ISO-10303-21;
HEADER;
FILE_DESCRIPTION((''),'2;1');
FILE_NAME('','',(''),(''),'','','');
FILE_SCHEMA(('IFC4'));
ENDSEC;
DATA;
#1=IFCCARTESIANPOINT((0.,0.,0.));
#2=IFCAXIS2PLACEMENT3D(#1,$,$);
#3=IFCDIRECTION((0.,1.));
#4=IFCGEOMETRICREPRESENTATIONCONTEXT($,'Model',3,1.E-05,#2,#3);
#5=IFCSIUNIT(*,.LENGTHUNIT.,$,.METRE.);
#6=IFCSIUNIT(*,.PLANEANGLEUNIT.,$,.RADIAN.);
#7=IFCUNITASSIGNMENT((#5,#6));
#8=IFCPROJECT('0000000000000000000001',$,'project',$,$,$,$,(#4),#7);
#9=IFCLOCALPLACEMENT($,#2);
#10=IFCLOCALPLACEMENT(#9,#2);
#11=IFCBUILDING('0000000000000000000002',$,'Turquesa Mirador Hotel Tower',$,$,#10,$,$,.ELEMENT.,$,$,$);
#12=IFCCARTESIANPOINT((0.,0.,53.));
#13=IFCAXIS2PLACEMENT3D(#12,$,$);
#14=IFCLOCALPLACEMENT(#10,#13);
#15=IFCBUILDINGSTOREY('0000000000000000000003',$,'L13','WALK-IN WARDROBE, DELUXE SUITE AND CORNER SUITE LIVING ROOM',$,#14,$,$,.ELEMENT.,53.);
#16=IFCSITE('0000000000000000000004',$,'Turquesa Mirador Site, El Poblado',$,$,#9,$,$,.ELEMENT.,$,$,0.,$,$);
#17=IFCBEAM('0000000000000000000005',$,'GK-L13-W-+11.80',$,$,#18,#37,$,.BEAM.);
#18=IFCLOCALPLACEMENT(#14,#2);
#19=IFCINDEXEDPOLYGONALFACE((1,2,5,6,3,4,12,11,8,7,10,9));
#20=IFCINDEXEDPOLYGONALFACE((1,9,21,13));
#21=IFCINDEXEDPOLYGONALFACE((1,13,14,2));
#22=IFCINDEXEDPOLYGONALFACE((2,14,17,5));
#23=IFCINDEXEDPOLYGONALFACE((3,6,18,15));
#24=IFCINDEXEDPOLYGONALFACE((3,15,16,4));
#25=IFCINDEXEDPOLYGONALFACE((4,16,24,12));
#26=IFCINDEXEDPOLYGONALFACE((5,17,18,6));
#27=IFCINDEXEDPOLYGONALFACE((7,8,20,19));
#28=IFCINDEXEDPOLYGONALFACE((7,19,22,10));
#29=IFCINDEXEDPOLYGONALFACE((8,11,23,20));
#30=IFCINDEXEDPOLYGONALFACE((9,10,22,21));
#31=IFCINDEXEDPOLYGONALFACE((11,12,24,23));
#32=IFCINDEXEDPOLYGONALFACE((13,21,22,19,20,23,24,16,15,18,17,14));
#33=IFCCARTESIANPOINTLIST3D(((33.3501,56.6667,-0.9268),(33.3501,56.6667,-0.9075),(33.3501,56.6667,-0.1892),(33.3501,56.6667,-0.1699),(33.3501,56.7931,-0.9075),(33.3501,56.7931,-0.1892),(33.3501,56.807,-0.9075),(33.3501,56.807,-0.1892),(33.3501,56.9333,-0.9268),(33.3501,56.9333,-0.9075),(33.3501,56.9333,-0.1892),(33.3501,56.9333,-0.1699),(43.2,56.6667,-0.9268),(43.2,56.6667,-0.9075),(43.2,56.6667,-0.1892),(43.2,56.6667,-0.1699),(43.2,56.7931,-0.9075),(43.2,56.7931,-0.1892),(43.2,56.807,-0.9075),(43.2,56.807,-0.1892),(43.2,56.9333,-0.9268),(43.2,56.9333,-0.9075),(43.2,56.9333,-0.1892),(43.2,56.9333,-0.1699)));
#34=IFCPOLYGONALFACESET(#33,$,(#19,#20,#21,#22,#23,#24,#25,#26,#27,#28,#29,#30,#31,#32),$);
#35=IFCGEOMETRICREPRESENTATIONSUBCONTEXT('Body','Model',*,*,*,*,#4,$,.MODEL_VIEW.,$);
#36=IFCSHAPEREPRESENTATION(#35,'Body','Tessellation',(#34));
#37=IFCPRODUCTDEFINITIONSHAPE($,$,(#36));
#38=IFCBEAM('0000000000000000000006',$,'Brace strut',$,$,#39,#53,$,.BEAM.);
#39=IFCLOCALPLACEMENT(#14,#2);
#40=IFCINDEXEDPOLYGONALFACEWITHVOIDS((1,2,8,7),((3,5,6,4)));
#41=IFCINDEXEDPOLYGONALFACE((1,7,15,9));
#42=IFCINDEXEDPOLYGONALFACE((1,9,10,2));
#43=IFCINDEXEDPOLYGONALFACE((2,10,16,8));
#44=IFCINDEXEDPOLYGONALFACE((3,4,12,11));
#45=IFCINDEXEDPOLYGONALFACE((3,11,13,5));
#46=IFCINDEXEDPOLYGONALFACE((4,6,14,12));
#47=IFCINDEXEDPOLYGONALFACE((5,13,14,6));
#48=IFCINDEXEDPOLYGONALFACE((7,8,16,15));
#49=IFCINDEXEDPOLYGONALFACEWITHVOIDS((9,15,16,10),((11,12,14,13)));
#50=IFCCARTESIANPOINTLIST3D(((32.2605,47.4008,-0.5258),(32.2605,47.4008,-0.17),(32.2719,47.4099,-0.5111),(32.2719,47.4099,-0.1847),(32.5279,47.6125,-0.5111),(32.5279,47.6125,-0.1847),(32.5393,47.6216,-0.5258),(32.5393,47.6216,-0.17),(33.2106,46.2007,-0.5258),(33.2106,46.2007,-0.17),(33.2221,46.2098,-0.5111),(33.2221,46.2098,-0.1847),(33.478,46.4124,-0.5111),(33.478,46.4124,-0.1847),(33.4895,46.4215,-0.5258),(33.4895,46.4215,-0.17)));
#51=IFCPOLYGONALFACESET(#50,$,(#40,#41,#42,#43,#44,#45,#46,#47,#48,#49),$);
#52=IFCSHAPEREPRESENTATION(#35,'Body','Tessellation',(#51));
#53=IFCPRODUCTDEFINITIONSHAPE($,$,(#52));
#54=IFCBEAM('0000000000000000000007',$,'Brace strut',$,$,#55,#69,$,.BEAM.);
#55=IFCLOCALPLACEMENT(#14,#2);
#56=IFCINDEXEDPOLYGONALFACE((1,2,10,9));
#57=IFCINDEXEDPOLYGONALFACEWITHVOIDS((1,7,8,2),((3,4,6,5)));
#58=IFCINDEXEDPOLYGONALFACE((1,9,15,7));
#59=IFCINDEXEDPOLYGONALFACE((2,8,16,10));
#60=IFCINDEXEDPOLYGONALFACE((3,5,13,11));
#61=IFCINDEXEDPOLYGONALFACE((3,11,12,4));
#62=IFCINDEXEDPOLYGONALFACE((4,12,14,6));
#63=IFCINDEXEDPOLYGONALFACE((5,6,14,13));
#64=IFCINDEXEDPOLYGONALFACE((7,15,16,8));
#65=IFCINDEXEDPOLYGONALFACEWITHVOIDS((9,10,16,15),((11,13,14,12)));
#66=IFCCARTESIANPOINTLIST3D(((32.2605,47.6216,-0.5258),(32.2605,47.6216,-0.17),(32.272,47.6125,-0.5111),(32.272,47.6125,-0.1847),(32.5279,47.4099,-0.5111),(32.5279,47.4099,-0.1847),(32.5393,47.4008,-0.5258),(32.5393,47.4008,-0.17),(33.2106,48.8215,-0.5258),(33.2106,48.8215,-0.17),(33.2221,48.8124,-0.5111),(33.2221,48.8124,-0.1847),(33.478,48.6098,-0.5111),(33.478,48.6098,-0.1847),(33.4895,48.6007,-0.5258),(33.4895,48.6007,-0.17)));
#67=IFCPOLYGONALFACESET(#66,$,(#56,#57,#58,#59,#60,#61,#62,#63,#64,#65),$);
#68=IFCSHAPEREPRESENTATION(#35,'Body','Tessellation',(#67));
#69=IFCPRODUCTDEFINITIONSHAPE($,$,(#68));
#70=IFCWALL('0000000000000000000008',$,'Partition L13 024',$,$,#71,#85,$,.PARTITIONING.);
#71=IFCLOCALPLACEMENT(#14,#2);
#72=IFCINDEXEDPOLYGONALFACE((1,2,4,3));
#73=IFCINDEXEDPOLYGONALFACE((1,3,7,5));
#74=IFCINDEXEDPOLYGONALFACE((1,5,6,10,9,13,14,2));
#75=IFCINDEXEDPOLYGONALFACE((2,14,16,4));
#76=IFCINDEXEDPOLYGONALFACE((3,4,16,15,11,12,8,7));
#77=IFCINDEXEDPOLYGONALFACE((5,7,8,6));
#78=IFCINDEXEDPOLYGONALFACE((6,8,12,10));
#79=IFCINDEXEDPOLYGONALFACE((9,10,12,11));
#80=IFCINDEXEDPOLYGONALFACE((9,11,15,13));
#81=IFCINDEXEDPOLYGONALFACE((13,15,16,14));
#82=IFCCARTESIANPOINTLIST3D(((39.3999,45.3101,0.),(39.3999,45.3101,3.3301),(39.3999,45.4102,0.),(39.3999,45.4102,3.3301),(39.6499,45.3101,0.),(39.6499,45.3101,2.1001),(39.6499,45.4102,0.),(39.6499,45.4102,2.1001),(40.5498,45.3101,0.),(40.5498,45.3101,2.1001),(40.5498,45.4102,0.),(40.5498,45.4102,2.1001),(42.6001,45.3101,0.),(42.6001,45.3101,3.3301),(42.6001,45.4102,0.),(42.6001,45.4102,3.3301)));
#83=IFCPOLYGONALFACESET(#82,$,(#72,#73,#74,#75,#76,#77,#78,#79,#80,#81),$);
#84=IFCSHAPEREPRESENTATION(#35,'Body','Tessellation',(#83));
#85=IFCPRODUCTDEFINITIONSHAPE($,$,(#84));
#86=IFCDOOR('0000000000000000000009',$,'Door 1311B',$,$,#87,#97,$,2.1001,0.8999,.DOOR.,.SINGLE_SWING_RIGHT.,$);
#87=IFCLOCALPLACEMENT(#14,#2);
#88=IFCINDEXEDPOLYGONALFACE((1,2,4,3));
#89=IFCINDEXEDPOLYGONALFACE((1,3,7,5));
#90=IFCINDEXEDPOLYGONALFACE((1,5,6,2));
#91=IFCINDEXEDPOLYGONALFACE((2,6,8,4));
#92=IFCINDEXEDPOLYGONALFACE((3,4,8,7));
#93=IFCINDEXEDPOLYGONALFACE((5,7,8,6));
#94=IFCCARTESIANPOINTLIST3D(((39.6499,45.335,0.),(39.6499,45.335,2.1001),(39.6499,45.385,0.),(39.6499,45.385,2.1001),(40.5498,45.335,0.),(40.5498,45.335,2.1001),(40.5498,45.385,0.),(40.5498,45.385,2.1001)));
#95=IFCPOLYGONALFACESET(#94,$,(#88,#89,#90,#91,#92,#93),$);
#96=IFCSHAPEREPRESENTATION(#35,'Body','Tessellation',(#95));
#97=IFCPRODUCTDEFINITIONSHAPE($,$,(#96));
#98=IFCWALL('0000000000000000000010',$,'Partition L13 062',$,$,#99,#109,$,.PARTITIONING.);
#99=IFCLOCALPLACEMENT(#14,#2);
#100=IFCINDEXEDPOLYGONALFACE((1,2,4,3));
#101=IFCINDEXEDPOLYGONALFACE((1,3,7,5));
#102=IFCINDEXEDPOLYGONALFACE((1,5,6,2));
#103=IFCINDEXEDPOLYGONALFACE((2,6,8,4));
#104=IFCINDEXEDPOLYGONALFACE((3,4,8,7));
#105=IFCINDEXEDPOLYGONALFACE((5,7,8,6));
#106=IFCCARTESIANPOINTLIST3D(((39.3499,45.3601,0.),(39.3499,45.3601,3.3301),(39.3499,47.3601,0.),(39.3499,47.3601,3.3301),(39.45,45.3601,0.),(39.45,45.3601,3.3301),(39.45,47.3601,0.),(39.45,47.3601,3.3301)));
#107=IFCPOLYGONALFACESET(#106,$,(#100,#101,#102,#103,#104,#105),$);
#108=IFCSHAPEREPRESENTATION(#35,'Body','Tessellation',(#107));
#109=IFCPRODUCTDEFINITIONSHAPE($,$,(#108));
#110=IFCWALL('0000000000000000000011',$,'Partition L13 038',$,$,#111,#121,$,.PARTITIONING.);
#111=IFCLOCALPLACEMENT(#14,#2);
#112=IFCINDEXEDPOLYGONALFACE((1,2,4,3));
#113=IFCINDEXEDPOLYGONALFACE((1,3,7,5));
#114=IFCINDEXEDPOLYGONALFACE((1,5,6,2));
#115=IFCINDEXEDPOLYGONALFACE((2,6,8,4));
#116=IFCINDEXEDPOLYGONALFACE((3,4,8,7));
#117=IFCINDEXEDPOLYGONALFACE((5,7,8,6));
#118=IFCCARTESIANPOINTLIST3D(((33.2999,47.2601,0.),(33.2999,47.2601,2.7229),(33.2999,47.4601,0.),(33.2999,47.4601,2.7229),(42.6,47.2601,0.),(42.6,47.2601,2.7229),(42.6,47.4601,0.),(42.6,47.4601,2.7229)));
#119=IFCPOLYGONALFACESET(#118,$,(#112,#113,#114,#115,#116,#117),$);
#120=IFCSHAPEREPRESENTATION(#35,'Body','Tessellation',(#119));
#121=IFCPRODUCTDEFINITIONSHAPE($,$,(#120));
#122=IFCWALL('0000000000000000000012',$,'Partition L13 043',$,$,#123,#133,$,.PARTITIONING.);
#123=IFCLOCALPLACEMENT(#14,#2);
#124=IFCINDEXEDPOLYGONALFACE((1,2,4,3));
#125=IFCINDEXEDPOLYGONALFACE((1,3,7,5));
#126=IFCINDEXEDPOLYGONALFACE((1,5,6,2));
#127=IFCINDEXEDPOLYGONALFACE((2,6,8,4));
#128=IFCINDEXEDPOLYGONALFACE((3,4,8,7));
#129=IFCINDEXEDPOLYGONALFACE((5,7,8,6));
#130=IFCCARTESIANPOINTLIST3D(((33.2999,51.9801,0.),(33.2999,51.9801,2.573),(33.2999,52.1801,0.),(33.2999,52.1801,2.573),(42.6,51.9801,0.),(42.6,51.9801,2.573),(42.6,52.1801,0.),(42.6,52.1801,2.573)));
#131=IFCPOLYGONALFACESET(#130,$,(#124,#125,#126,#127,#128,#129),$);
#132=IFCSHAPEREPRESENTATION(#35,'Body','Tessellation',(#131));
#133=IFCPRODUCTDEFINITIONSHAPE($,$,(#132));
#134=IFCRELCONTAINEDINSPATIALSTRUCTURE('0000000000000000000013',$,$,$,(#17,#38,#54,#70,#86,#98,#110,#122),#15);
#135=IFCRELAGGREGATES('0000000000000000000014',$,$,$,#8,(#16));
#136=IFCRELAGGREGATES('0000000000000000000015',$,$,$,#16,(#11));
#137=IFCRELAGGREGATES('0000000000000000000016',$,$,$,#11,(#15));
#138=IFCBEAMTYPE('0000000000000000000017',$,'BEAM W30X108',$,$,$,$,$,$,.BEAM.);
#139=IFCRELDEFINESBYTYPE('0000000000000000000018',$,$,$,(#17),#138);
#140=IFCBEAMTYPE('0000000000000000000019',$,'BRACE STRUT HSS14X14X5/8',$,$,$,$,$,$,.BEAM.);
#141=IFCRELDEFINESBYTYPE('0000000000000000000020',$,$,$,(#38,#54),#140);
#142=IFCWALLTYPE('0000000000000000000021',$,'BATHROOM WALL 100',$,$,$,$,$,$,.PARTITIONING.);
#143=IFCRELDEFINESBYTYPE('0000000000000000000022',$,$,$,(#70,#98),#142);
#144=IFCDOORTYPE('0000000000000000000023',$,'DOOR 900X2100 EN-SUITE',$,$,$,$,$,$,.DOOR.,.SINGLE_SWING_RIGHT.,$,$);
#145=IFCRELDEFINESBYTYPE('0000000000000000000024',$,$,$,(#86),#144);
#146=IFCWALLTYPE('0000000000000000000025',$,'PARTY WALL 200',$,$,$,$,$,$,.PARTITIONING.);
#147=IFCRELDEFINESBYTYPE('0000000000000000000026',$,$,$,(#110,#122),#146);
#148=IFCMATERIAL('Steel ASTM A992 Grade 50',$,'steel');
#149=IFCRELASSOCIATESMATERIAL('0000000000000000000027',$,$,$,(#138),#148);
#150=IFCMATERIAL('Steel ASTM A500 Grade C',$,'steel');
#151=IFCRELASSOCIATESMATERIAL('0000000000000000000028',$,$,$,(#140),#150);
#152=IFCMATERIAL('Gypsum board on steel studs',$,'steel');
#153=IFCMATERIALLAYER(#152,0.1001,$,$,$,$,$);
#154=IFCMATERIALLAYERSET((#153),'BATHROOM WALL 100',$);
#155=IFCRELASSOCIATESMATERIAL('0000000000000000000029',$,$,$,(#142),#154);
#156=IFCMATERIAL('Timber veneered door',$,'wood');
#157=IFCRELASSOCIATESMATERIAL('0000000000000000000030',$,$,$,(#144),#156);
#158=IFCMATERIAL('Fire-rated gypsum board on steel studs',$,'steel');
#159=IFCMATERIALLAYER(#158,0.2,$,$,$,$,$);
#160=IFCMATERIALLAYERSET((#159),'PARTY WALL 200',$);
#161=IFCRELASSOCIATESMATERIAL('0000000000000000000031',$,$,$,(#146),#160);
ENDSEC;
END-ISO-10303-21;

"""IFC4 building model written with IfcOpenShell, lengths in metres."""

from ifc_helpers import new_model, si_unit, direction, frame, frame_2d, origin, origin_2d, place, context, subcontext, project, spatial, rectangle, hollow_rectangle, i_section, extrude, material, layer, layer_set, material_profile, profile_set, type_object, element, fill, save


model = new_model("IFC4")

# Units and contexts
model_context = context("Model", 3, precision=1e-05, world=origin(), true_north=direction((0.0, 1.0)))
body_context = subcontext(model_context, "Body", "Model", "MODEL_VIEW")
ifc_project = project(units=[si_unit("LENGTHUNIT", "METRE"), si_unit("PLANEANGLEUNIT", "RADIAN")], contexts=[model_context])

# Site, building, storey
site_placement = place(None, origin())
site = spatial("IfcSite", under=ifc_project, at=site_placement, Name="Turquesa Mirador Site, El Poblado", CompositionType="ELEMENT", RefElevation=0.0)
building_placement = place(site_placement, origin())
building = spatial("IfcBuilding", under=site, at=building_placement, Name="Turquesa Mirador Hotel Tower", CompositionType="ELEMENT")
storey_placement = place(building_placement, frame((0.0, 0.0, 53.0)))
storey = spatial("IfcBuildingStorey", under=building, at=storey_placement, Name="L13", Description="WALK-IN WARDROBE, DELUXE SUITE AND CORNER SUITE LIVING ROOM", CompositionType="ELEMENT", Elevation=53.0)

# Beams
ifc_material_1 = material(Name="Steel ASTM A992 Grade 50", Category="steel")
ifc_material_profile_1 = material_profile(ifc_material_1, i_section(OverallWidth=0.2666, OverallDepth=0.7568, WebThickness=0.0139, FlangeThickness=0.0193, at=origin_2d()), Name="W30X108")
ifc_profile_set_1 = profile_set([ifc_material_profile_1], Name="Steel ASTM A992 Grade 50")
beam_type_1 = type_object("IfcBeamType", Name="BEAM W30X108", PredefinedType="BEAM", material=ifc_profile_set_1)
beam_1_placement = place(storey_placement, frame((33.3501, 56.8, -0.5483), z_axis=(1.0, 0.0, 0.0), x_axis=(0.0, 1.0, 0.0)))
element("IfcBeam", 1, at=beam_1_placement, inside=storey, type_object=beam_type_1, Name="GK-L13-W-+11.80", PredefinedType="BEAM", context=body_context, shape_type="SweptSolid", body=[
    extrude(i_section(OverallWidth=0.2666, OverallDepth=0.7568, WebThickness=0.0139, FlangeThickness=0.0193, at=origin_2d()), origin(), (0.0, 0.0, 1.0), 9.8499),
])
ifc_material_2 = material(Name="Steel ASTM A500 Grade C", Category="steel")
ifc_material_profile_2 = material_profile(ifc_material_2, hollow_rectangle(XDim=0.3557, YDim=0.3557, WallThickness=0.0146, at=origin_2d()), Name="HSS14X14X5/8")
ifc_profile_set_2 = profile_set([ifc_material_profile_2], Name="Steel ASTM A500 Grade C")
beam_type_2 = type_object("IfcBeamType", Name="BRACE STRUT HSS14X14X5/8", PredefinedType="BEAM", material=ifc_profile_set_2)
beam_2_placement = place(storey_placement, frame((32.3999, 47.5112, -0.3479), z_axis=(0.620719, -0.784033, 0.0), x_axis=(0.784033, 0.620719, 0.0)))
element("IfcBeam", 2, at=beam_2_placement, inside=storey, type_object=beam_type_2, Name="Brace strut", PredefinedType="BEAM", context=body_context, shape_type="SweptSolid", body=[
    extrude(hollow_rectangle(XDim=0.3557, YDim=0.3557, WallThickness=0.0146, at=origin_2d()), origin(), (0.0, 0.0, 1.0), 1.5308),
])
beam_3_placement = place(storey_placement, frame((32.3999, 47.5112, -0.3479), z_axis=(0.620797, 0.783971, 0.0), x_axis=(-0.783971, 0.620797, 0.0)))
element("IfcBeam", 3, at=beam_3_placement, inside=storey, type_object=beam_type_2, Name="Brace strut", PredefinedType="BEAM", context=body_context, shape_type="SweptSolid", body=[
    extrude(hollow_rectangle(XDim=0.3557, YDim=0.3557, WallThickness=0.0146, at=origin_2d()), origin(), (0.0, 0.0, 1.0), 1.5305),
])

# Wall, opening, door
ifc_material_3 = material(Name="Gypsum board on steel studs", Category="steel")
ifc_layer_1 = layer(ifc_material_3, 0.1001)
ifc_layer_set_1 = layer_set([ifc_layer_1], Name="BATHROOM WALL 100")
wall_type_1 = type_object("IfcWallType", Name="BATHROOM WALL 100", PredefinedType="PARTITIONING", material=ifc_layer_set_1)
wall_1_placement = place(storey_placement, frame((39.3999, 45.3601, 0.0), z_axis=(0.0, 0.0, 1.0), x_axis=(1.0, 0.0, 0.0)))
wall_1 = element("IfcWall", 4, at=wall_1_placement, inside=storey, type_object=wall_type_1, Name="Partition L13 024", PredefinedType="PARTITIONING", context=body_context, shape_type="SweptSolid", body=[
    extrude(rectangle(XDim=3.2002, YDim=0.1001, at=frame_2d((1.6001, 0.0))), origin(), (0.0, 0.0, 1.0), 3.3301),
])
opening_1_placement = place(wall_1_placement, frame((0.25, 0.0, 0.0)))
opening_1 = element("IfcOpeningElement", 5, at=opening_1_placement, cuts=wall_1, PredefinedType="OPENING", context=body_context, shape_type="SweptSolid", body=[
    extrude(rectangle(XDim=0.8999, YDim=2.1001, at=frame_2d((0.45, 1.05))), frame((0.0, 0.0601, 0.0), z_axis=(0.0, -1.0, 0.0), x_axis=(1.0, 0.0, 0.0)), (0.0, 0.0, 1.0), 0.1201),
])
ifc_material_4 = material(Name="Timber veneered door", Category="wood")
door_type_1 = type_object("IfcDoorType", Name="DOOR 900X2100 EN-SUITE", OperationType="SINGLE_SWING_RIGHT", PredefinedType="DOOR", material=ifc_material_4)
door_1_placement = place(opening_1_placement, origin())
door_1 = element("IfcDoor", 6, at=door_1_placement, inside=storey, type_object=door_type_1, Name="Door 1311B", OperationType="SINGLE_SWING_RIGHT", OverallHeight=2.1001, OverallWidth=0.8999, PredefinedType="DOOR", context=body_context, shape_type="SweptSolid", body=[
    extrude(rectangle(XDim=0.8999, YDim=2.1001, at=frame_2d((0.45, 1.05))), frame((0.0, 0.0249, 0.0), z_axis=(0.0, -1.0, 0.0), x_axis=(1.0, 0.0, 0.0)), (0.0, 0.0, 1.0), 0.05),
])
fill(opening_1, door_1)

# Walls
wall_2_placement = place(storey_placement, frame((39.3999, 45.3601, 0.0), z_axis=(0.0, 0.0, 1.0), x_axis=(0.0, 1.0, 0.0)))
element("IfcWall", 7, at=wall_2_placement, inside=storey, type_object=wall_type_1, Name="Partition L13 062", PredefinedType="PARTITIONING", context=body_context, shape_type="SweptSolid", body=[
    extrude(rectangle(XDim=2.0, YDim=0.1001, at=frame_2d((1.0, 0.0))), origin(), (0.0, 0.0, 1.0), 3.3301),
])
ifc_material_5 = material(Name="Fire-rated gypsum board on steel studs", Category="steel")
ifc_layer_2 = layer(ifc_material_5, 0.2)
ifc_layer_set_2 = layer_set([ifc_layer_2], Name="PARTY WALL 200")
wall_type_2 = type_object("IfcWallType", Name="PARTY WALL 200", PredefinedType="PARTITIONING", material=ifc_layer_set_2)
wall_3_placement = place(storey_placement, frame((33.3, 47.3601, 0.0), z_axis=(0.0, 0.0, 1.0), x_axis=(1.0, 0.0, 0.0)))
element("IfcWall", 8, at=wall_3_placement, inside=storey, type_object=wall_type_2, Name="Partition L13 038", PredefinedType="PARTITIONING", context=body_context, shape_type="SweptSolid", body=[
    extrude(rectangle(XDim=9.3, YDim=0.2, at=frame_2d((4.6499, 0.0))), origin(), (0.0, 0.0, 1.0), 2.7229),
])
wall_4_placement = place(storey_placement, frame((33.3, 52.0801, 0.0), z_axis=(0.0, 0.0, 1.0), x_axis=(1.0, 0.0, 0.0)))
element("IfcWall", 9, at=wall_4_placement, inside=storey, type_object=wall_type_2, Name="Partition L13 043", PredefinedType="PARTITIONING", context=body_context, shape_type="SweptSolid", body=[
    extrude(rectangle(XDim=9.3, YDim=0.2, at=frame_2d((4.6499, 0.0))), origin(), (0.0, 0.0, 1.0), 2.573),
])

save(model, "model.ifc")
